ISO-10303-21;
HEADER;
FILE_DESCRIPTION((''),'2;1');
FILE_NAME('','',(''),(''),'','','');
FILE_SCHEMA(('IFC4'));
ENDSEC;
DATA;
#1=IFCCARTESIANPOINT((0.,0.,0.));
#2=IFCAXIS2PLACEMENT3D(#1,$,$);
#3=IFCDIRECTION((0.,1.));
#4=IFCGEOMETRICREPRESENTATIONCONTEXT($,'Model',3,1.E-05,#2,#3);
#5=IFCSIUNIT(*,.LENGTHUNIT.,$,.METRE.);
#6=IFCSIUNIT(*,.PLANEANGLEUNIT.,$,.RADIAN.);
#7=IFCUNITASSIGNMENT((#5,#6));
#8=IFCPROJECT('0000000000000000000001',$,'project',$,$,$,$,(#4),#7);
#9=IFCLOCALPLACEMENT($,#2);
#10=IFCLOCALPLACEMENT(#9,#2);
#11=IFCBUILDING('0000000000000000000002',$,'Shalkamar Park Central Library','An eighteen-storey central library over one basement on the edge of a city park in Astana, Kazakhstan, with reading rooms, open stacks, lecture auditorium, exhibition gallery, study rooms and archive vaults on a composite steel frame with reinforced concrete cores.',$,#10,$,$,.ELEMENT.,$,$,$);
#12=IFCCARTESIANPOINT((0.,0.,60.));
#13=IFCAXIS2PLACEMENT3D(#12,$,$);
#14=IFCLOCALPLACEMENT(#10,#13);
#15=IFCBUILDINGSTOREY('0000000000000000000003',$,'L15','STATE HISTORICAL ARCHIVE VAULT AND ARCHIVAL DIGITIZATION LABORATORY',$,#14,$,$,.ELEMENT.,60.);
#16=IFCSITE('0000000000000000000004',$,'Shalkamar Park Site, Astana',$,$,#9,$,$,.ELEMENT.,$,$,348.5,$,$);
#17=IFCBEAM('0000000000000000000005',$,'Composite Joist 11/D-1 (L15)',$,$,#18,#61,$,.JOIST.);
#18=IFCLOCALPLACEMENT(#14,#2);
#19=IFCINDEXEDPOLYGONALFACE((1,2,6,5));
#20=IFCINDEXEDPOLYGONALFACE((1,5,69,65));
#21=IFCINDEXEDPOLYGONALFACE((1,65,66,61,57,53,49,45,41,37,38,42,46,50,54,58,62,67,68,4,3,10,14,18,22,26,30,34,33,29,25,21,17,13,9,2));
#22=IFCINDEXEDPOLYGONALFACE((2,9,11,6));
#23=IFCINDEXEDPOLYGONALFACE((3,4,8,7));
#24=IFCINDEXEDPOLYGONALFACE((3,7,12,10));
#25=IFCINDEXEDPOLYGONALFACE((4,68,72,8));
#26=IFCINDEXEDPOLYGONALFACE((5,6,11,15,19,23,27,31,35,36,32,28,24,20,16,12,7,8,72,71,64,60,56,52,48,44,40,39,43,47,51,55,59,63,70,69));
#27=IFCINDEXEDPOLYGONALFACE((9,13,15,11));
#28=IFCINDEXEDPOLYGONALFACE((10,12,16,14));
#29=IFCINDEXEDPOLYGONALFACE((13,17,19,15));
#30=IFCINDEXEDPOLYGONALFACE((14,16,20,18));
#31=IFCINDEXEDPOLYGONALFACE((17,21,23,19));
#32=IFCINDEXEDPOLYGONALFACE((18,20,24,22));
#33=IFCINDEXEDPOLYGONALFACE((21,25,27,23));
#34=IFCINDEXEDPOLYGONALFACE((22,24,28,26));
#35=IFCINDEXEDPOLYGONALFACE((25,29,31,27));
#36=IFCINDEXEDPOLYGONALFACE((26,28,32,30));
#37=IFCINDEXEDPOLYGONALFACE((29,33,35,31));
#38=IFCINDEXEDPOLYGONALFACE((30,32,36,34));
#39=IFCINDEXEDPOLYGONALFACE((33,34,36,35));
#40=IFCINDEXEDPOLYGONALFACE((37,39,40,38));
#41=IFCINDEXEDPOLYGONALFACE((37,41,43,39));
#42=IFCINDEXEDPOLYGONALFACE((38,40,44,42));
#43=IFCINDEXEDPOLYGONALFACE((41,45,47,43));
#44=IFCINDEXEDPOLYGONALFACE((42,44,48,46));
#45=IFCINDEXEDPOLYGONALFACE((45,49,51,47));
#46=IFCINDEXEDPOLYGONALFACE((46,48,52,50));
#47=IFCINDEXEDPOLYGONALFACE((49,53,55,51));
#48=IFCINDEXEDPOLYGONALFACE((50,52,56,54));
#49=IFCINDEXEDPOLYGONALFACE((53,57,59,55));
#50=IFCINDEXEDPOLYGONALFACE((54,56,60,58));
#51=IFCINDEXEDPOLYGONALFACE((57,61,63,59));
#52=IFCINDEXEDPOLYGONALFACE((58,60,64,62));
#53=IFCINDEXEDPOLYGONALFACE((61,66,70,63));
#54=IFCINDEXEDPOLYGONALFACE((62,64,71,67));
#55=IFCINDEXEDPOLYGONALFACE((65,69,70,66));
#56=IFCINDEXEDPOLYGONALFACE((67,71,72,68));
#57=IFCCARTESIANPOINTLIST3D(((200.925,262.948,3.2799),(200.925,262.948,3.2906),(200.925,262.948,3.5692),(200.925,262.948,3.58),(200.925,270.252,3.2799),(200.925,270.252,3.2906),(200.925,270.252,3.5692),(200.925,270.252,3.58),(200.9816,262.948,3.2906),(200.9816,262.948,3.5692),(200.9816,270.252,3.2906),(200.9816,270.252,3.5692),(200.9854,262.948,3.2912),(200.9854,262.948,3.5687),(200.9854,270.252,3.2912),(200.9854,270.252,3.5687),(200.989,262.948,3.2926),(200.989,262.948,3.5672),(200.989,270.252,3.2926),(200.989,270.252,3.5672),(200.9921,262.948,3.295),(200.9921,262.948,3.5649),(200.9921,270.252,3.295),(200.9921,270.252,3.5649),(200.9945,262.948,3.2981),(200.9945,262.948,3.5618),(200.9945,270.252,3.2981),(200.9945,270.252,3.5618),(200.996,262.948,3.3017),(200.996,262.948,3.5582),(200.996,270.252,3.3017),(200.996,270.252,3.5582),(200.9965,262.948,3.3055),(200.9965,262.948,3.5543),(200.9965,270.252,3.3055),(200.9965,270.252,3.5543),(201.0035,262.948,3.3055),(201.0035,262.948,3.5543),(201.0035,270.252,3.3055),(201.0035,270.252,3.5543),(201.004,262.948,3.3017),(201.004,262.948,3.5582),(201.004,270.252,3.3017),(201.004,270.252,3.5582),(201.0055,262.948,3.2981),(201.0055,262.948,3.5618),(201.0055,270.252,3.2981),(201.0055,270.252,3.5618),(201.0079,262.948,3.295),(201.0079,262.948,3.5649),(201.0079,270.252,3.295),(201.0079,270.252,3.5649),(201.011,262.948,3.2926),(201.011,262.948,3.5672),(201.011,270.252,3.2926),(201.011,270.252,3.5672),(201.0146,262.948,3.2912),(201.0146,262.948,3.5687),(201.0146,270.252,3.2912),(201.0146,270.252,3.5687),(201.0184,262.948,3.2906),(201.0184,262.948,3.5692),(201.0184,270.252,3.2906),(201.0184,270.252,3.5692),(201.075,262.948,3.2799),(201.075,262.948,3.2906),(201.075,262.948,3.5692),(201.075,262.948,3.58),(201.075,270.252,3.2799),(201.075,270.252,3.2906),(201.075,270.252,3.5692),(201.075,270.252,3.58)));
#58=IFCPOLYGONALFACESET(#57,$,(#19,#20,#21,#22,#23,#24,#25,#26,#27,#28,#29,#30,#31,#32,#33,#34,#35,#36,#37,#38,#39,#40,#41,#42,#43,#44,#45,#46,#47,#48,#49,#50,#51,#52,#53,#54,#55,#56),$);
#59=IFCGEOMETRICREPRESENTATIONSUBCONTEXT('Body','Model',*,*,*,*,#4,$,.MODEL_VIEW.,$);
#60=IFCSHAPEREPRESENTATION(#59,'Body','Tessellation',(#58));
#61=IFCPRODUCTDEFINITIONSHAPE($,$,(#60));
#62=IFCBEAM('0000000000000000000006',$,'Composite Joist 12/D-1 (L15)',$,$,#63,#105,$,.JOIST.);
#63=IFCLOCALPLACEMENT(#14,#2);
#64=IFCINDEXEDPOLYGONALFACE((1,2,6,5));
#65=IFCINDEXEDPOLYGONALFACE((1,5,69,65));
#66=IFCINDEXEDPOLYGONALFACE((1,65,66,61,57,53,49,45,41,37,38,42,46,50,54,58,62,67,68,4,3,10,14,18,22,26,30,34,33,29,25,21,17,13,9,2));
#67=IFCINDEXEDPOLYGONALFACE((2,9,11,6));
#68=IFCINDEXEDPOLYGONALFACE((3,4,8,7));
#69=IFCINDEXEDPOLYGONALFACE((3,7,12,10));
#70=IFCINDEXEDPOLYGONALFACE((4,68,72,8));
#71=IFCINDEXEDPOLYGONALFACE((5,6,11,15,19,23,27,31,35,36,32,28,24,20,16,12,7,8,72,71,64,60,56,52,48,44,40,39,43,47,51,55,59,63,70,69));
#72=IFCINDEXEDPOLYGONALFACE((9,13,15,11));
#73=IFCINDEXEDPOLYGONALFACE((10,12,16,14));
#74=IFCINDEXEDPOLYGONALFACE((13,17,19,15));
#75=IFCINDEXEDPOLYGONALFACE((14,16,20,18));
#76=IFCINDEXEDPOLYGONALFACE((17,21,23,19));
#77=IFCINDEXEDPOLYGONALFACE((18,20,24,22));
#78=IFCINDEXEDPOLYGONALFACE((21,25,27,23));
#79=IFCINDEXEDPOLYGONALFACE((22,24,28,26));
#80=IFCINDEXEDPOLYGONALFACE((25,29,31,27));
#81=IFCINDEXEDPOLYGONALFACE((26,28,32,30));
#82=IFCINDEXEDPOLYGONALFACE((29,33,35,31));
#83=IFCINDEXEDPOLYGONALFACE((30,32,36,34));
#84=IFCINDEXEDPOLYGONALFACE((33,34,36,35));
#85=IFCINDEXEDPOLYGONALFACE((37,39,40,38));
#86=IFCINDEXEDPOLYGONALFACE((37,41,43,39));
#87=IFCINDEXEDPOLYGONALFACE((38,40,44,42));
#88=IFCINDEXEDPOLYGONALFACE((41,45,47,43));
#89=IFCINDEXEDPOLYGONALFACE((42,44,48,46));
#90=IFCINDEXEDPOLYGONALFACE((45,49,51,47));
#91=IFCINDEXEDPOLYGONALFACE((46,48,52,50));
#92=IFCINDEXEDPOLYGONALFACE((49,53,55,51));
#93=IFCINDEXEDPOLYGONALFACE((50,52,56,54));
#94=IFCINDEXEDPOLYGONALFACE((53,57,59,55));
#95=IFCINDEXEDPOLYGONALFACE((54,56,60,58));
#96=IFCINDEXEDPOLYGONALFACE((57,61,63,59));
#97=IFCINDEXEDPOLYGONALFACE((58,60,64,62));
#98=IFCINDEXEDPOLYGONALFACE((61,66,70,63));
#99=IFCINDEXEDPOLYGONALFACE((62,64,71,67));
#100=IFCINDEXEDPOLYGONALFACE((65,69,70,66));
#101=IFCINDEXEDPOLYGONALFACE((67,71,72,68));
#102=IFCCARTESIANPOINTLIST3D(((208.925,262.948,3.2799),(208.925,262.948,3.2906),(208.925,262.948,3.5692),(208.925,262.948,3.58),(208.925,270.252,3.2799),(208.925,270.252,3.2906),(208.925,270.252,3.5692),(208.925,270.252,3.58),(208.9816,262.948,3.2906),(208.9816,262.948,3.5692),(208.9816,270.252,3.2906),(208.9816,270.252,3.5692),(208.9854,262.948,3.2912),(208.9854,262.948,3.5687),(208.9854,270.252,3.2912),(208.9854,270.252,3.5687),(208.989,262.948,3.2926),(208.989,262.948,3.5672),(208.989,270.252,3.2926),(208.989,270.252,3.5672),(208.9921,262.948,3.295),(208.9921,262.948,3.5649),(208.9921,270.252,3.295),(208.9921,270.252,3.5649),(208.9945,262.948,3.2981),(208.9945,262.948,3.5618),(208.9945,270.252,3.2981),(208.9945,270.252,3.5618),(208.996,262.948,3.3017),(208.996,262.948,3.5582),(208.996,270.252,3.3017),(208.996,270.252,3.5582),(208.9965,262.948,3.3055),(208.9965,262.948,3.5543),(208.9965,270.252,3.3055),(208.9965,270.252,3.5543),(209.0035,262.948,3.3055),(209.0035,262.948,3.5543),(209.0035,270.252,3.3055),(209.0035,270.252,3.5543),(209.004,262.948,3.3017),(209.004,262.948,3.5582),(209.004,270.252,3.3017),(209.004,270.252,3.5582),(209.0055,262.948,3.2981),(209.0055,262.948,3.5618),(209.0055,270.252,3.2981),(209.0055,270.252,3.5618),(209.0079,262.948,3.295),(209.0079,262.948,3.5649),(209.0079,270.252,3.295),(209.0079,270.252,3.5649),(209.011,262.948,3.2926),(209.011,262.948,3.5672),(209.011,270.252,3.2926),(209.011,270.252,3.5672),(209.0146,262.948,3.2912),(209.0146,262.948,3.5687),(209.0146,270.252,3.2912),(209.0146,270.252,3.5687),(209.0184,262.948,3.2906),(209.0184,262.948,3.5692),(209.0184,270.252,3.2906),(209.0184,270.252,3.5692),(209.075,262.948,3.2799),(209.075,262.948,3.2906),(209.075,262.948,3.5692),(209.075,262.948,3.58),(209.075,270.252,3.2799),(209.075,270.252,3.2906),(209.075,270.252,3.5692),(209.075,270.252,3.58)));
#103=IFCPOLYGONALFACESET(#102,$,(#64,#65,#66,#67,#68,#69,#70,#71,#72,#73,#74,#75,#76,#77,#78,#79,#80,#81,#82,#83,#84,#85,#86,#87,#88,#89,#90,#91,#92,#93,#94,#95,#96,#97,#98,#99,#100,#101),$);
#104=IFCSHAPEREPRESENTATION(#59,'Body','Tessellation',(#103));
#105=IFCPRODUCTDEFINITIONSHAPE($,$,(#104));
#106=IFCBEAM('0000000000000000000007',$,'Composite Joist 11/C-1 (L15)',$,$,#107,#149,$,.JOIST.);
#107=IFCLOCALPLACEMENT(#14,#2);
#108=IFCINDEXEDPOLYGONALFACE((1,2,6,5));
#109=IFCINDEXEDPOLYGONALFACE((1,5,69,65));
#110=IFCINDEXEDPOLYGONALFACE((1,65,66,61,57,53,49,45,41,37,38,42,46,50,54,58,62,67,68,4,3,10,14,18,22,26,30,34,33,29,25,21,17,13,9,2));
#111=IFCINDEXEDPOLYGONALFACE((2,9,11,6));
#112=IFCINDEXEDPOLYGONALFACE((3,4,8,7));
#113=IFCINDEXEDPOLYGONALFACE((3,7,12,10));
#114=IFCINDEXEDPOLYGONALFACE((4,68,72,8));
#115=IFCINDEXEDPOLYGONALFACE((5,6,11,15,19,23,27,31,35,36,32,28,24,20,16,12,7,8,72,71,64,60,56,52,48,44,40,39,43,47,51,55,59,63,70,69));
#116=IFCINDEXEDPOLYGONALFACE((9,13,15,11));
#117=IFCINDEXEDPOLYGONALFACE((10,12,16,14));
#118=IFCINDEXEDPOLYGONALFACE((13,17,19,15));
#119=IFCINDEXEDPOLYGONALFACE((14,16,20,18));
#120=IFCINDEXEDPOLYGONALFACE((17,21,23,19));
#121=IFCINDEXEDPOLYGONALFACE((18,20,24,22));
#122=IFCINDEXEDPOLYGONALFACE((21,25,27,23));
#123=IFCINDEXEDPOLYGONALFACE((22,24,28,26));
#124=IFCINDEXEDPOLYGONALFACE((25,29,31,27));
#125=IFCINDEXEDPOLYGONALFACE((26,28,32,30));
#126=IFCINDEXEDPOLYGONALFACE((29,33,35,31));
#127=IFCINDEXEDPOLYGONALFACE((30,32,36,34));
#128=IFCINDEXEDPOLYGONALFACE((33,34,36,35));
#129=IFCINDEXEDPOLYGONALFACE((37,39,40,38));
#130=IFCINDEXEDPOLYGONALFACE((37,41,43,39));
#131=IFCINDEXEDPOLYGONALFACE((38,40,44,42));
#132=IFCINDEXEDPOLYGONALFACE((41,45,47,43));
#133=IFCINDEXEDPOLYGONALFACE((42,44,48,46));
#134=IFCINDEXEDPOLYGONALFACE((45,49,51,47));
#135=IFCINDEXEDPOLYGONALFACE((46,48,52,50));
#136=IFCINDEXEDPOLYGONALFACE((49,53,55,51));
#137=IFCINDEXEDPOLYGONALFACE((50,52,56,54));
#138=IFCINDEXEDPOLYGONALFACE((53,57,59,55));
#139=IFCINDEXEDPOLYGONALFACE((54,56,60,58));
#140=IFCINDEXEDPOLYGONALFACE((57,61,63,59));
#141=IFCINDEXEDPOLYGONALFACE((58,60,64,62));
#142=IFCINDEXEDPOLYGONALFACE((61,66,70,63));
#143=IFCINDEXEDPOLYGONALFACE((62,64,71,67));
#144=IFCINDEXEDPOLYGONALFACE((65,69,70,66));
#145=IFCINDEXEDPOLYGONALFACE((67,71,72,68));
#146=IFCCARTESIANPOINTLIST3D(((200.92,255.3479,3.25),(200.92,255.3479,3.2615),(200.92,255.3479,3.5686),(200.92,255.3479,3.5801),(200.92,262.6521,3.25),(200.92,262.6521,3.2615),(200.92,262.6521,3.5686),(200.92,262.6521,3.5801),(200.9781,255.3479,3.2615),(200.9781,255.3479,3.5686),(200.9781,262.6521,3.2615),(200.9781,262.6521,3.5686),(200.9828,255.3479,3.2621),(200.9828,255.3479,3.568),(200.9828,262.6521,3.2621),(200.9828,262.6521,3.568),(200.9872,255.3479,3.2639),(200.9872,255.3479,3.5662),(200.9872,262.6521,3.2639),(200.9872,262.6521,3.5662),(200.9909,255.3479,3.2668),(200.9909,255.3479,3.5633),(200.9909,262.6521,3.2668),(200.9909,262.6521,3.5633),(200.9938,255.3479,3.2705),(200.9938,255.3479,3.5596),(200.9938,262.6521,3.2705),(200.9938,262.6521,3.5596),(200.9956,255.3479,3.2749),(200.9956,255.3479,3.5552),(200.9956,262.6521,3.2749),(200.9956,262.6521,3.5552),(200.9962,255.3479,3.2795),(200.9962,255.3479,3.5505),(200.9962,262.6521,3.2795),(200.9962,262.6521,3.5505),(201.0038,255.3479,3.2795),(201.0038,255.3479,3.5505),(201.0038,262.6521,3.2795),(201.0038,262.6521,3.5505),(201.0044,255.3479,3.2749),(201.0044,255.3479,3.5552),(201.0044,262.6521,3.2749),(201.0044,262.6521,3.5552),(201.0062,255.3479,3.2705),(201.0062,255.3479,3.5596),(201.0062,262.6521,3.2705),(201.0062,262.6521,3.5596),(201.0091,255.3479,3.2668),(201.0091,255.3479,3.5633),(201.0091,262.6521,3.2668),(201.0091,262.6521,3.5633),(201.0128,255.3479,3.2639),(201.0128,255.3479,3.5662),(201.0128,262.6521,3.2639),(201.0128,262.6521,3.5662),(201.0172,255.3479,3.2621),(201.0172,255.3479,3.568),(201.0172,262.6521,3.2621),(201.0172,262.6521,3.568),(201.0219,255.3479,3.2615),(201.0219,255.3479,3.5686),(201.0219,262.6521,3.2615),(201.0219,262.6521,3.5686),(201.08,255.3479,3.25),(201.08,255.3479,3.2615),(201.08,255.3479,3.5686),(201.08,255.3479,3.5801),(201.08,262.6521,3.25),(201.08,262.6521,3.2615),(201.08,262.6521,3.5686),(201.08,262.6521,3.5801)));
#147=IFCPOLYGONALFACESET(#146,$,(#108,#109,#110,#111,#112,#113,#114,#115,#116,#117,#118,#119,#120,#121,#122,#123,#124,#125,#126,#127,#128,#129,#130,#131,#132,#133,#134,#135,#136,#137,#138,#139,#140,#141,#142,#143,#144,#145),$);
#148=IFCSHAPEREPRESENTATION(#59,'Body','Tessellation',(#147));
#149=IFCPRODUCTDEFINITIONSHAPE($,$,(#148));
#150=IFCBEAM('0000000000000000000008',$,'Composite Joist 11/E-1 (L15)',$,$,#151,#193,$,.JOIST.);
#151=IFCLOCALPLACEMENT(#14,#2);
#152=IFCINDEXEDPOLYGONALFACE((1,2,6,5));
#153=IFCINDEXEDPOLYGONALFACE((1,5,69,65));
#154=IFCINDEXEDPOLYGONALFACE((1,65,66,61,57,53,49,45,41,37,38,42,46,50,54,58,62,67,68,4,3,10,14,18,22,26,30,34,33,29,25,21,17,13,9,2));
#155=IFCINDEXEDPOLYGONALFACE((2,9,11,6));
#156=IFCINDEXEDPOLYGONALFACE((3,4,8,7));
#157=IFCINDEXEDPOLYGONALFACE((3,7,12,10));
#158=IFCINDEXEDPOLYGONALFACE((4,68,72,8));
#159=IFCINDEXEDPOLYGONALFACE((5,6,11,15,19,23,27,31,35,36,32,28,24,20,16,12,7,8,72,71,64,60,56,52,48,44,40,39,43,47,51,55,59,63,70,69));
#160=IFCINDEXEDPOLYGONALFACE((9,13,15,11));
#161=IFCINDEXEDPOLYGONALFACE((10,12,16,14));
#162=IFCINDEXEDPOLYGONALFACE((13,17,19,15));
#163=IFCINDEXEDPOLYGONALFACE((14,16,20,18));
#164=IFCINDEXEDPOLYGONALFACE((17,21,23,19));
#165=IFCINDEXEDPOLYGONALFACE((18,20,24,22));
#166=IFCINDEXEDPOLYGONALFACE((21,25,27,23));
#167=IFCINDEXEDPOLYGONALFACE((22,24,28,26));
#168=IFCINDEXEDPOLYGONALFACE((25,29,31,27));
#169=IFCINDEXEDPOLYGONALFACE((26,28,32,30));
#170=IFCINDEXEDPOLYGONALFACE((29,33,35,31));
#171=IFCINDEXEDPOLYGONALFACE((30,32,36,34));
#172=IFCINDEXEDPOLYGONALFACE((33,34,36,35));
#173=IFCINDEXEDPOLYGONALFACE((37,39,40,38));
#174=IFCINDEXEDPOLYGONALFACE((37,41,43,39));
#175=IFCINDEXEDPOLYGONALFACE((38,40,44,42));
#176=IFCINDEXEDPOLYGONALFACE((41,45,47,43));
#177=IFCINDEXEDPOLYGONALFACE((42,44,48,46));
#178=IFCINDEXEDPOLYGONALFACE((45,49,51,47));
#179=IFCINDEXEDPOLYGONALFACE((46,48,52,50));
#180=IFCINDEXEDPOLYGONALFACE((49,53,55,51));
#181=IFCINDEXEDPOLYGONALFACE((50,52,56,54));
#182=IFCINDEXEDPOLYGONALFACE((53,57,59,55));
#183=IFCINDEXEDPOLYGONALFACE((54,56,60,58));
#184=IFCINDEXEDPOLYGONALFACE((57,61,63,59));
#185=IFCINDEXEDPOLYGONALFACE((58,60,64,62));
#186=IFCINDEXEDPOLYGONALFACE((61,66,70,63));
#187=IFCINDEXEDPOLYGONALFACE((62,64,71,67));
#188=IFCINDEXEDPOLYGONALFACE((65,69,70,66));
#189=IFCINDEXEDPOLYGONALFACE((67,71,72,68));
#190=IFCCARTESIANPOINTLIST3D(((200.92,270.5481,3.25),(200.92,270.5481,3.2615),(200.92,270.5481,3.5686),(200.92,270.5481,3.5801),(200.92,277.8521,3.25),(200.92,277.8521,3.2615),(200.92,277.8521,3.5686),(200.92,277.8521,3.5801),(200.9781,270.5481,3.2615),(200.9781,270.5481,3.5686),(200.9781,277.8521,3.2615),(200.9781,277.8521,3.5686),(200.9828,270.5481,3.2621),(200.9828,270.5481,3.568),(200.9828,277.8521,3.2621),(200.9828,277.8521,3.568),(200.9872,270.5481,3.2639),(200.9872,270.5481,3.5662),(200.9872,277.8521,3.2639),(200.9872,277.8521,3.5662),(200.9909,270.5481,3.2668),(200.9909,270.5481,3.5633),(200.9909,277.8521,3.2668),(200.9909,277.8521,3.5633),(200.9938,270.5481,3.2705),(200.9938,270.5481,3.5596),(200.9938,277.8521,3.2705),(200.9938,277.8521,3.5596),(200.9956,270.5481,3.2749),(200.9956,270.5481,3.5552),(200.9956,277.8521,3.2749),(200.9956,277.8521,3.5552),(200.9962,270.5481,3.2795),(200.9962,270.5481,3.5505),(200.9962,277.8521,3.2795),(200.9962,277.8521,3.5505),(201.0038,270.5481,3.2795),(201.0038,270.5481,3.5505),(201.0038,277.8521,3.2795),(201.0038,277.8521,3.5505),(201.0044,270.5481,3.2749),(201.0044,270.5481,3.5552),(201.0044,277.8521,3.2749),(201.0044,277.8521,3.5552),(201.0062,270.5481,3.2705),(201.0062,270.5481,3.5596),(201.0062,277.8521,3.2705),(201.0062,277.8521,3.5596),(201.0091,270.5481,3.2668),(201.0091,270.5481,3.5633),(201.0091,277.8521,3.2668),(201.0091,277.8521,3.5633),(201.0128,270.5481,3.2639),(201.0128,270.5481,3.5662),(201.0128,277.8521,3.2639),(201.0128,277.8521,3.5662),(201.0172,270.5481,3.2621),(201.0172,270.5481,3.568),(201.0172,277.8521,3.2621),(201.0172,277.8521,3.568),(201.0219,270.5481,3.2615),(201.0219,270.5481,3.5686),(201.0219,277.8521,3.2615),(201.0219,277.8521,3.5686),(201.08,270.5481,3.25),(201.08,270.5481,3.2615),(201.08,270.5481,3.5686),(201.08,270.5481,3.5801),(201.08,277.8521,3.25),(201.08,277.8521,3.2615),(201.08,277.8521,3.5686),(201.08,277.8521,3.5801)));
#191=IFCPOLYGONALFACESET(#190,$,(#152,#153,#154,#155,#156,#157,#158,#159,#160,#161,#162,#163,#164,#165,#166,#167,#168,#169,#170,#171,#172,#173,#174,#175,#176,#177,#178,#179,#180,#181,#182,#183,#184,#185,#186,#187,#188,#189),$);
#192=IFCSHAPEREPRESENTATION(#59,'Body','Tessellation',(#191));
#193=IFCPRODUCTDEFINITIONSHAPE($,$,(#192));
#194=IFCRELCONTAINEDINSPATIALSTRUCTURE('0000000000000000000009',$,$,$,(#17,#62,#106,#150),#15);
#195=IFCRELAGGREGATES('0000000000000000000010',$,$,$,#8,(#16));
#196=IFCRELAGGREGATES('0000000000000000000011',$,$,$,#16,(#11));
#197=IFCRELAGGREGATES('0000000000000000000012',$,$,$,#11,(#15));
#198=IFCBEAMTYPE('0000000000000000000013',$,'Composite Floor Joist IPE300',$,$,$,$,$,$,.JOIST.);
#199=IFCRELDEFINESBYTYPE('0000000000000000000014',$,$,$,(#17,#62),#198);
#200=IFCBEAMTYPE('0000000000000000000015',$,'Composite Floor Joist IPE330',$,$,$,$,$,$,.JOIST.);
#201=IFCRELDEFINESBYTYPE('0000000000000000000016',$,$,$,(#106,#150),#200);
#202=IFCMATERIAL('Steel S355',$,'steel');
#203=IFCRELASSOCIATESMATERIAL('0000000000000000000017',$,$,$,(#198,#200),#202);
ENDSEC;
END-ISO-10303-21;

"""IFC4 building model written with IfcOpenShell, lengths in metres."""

from ifc_helpers import new_model, si_unit, direction, frame, origin, origin_2d, place, context, subcontext, project, spatial, i_section, extrude, material, material_profile, profile_set, type_object, element, save


model = new_model("IFC4")

# Units and contexts
model_context = context("Model", 3, precision=1e-05, world=origin(), true_north=direction((0.0, 1.0)))
body_context = subcontext(model_context, "Body", "Model", "MODEL_VIEW")
ifc_project = project(units=[si_unit("LENGTHUNIT", "METRE"), si_unit("PLANEANGLEUNIT", "RADIAN")], contexts=[model_context])

# Site, building, storey
site_placement = place(None, origin())
site = spatial("IfcSite", under=ifc_project, at=site_placement, Name="Shalkamar Park Site, Astana", CompositionType="ELEMENT", RefElevation=348.5)
building_placement = place(site_placement, origin())
building = spatial("IfcBuilding", under=site, at=building_placement, Name="Shalkamar Park Central Library", Description="An eighteen-storey central library over one basement on the edge of a city park in Astana, Kazakhstan, with reading rooms, open stacks, lecture auditorium, exhibition gallery, study rooms and archive vaults on a composite steel frame with reinforced concrete cores.", CompositionType="ELEMENT")
storey_placement = place(building_placement, frame((0.0, 0.0, 60.0)))
storey = spatial("IfcBuildingStorey", under=building, at=storey_placement, Name="L15", Description="STATE HISTORICAL ARCHIVE VAULT AND ARCHIVAL DIGITIZATION LABORATORY", CompositionType="ELEMENT", Elevation=60.0)

# Shared definitions
ifc_material_1 = material(Name="Steel S355", Category="steel")

# Beams
ifc_material_profile_1 = material_profile(ifc_material_1, i_section(OverallWidth=0.1499, OverallDepth=0.3, WebThickness=0.0071, FlangeThickness=0.0107, FilletRadius=0.0149, at=origin_2d()), Name="IPE 300")
ifc_profile_set_1 = profile_set([ifc_material_profile_1], Name="Steel S355")
beam_type_1 = type_object("IfcBeamType", Name="Composite Floor Joist IPE300", PredefinedType="JOIST", material=ifc_profile_set_1)
for number, where, z_axis, x_axis, name in (
    (1, (201.0, 262.948, 3.4299), (0.0, 1.0, 0.0), (-1.0, 0.0, 0.0), "Composite Joist 11/D-1 (L15)"),
    (2, (209.0, 262.948, 3.4299), (0.0, 1.0, 0.0), (-1.0, 0.0, 0.0), "Composite Joist 12/D-1 (L15)"),
):
    element("IfcBeam", number, at=place(storey_placement, frame(where, z_axis=z_axis, x_axis=x_axis)), inside=storey, type_object=beam_type_1, Name=name, PredefinedType="JOIST", context=body_context, shape_type="SweptSolid", body=[
        extrude(i_section(OverallWidth=0.1499, OverallDepth=0.3, WebThickness=0.0071, FlangeThickness=0.0107, FilletRadius=0.0149, at=origin_2d()), origin(), (0.0, 0.0, 1.0), 7.304),
    ])
ifc_material_profile_2 = material_profile(ifc_material_1, i_section(OverallWidth=0.1599, OverallDepth=0.3301, WebThickness=0.0076, FlangeThickness=0.0115, FilletRadius=0.0181, at=origin_2d()), Name="IPE 330")
ifc_profile_set_2 = profile_set([ifc_material_profile_2], Name="Steel S355")
beam_type_2 = type_object("IfcBeamType", Name="Composite Floor Joist IPE330", PredefinedType="JOIST", material=ifc_profile_set_2)
beam_1_placement = place(storey_placement, frame((201.0, 255.3479, 3.415), z_axis=(0.0, 1.0, 0.0), x_axis=(-1.0, 0.0, 0.0)))
element("IfcBeam", 3, at=beam_1_placement, inside=storey, type_object=beam_type_2, Name="Composite Joist 11/C-1 (L15)", PredefinedType="JOIST", context=body_context, shape_type="SweptSolid", body=[
    extrude(i_section(OverallWidth=0.1599, OverallDepth=0.3301, WebThickness=0.0076, FlangeThickness=0.0115, FilletRadius=0.0181, at=origin_2d()), origin(), (0.0, 0.0, 1.0), 7.3042),
])
beam_2_placement = place(storey_placement, frame((201.0, 270.5481, 3.415), z_axis=(0.0, 1.0, 0.0), x_axis=(-1.0, 0.0, 0.0)))
element("IfcBeam", 4, at=beam_2_placement, inside=storey, type_object=beam_type_2, Name="Composite Joist 11/E-1 (L15)", PredefinedType="JOIST", context=body_context, shape_type="SweptSolid", body=[
    extrude(i_section(OverallWidth=0.1599, OverallDepth=0.3301, WebThickness=0.0076, FlangeThickness=0.0115, FilletRadius=0.0181, at=origin_2d()), origin(), (0.0, 0.0, 1.0), 7.304),
])

save(model, "model.ifc")
